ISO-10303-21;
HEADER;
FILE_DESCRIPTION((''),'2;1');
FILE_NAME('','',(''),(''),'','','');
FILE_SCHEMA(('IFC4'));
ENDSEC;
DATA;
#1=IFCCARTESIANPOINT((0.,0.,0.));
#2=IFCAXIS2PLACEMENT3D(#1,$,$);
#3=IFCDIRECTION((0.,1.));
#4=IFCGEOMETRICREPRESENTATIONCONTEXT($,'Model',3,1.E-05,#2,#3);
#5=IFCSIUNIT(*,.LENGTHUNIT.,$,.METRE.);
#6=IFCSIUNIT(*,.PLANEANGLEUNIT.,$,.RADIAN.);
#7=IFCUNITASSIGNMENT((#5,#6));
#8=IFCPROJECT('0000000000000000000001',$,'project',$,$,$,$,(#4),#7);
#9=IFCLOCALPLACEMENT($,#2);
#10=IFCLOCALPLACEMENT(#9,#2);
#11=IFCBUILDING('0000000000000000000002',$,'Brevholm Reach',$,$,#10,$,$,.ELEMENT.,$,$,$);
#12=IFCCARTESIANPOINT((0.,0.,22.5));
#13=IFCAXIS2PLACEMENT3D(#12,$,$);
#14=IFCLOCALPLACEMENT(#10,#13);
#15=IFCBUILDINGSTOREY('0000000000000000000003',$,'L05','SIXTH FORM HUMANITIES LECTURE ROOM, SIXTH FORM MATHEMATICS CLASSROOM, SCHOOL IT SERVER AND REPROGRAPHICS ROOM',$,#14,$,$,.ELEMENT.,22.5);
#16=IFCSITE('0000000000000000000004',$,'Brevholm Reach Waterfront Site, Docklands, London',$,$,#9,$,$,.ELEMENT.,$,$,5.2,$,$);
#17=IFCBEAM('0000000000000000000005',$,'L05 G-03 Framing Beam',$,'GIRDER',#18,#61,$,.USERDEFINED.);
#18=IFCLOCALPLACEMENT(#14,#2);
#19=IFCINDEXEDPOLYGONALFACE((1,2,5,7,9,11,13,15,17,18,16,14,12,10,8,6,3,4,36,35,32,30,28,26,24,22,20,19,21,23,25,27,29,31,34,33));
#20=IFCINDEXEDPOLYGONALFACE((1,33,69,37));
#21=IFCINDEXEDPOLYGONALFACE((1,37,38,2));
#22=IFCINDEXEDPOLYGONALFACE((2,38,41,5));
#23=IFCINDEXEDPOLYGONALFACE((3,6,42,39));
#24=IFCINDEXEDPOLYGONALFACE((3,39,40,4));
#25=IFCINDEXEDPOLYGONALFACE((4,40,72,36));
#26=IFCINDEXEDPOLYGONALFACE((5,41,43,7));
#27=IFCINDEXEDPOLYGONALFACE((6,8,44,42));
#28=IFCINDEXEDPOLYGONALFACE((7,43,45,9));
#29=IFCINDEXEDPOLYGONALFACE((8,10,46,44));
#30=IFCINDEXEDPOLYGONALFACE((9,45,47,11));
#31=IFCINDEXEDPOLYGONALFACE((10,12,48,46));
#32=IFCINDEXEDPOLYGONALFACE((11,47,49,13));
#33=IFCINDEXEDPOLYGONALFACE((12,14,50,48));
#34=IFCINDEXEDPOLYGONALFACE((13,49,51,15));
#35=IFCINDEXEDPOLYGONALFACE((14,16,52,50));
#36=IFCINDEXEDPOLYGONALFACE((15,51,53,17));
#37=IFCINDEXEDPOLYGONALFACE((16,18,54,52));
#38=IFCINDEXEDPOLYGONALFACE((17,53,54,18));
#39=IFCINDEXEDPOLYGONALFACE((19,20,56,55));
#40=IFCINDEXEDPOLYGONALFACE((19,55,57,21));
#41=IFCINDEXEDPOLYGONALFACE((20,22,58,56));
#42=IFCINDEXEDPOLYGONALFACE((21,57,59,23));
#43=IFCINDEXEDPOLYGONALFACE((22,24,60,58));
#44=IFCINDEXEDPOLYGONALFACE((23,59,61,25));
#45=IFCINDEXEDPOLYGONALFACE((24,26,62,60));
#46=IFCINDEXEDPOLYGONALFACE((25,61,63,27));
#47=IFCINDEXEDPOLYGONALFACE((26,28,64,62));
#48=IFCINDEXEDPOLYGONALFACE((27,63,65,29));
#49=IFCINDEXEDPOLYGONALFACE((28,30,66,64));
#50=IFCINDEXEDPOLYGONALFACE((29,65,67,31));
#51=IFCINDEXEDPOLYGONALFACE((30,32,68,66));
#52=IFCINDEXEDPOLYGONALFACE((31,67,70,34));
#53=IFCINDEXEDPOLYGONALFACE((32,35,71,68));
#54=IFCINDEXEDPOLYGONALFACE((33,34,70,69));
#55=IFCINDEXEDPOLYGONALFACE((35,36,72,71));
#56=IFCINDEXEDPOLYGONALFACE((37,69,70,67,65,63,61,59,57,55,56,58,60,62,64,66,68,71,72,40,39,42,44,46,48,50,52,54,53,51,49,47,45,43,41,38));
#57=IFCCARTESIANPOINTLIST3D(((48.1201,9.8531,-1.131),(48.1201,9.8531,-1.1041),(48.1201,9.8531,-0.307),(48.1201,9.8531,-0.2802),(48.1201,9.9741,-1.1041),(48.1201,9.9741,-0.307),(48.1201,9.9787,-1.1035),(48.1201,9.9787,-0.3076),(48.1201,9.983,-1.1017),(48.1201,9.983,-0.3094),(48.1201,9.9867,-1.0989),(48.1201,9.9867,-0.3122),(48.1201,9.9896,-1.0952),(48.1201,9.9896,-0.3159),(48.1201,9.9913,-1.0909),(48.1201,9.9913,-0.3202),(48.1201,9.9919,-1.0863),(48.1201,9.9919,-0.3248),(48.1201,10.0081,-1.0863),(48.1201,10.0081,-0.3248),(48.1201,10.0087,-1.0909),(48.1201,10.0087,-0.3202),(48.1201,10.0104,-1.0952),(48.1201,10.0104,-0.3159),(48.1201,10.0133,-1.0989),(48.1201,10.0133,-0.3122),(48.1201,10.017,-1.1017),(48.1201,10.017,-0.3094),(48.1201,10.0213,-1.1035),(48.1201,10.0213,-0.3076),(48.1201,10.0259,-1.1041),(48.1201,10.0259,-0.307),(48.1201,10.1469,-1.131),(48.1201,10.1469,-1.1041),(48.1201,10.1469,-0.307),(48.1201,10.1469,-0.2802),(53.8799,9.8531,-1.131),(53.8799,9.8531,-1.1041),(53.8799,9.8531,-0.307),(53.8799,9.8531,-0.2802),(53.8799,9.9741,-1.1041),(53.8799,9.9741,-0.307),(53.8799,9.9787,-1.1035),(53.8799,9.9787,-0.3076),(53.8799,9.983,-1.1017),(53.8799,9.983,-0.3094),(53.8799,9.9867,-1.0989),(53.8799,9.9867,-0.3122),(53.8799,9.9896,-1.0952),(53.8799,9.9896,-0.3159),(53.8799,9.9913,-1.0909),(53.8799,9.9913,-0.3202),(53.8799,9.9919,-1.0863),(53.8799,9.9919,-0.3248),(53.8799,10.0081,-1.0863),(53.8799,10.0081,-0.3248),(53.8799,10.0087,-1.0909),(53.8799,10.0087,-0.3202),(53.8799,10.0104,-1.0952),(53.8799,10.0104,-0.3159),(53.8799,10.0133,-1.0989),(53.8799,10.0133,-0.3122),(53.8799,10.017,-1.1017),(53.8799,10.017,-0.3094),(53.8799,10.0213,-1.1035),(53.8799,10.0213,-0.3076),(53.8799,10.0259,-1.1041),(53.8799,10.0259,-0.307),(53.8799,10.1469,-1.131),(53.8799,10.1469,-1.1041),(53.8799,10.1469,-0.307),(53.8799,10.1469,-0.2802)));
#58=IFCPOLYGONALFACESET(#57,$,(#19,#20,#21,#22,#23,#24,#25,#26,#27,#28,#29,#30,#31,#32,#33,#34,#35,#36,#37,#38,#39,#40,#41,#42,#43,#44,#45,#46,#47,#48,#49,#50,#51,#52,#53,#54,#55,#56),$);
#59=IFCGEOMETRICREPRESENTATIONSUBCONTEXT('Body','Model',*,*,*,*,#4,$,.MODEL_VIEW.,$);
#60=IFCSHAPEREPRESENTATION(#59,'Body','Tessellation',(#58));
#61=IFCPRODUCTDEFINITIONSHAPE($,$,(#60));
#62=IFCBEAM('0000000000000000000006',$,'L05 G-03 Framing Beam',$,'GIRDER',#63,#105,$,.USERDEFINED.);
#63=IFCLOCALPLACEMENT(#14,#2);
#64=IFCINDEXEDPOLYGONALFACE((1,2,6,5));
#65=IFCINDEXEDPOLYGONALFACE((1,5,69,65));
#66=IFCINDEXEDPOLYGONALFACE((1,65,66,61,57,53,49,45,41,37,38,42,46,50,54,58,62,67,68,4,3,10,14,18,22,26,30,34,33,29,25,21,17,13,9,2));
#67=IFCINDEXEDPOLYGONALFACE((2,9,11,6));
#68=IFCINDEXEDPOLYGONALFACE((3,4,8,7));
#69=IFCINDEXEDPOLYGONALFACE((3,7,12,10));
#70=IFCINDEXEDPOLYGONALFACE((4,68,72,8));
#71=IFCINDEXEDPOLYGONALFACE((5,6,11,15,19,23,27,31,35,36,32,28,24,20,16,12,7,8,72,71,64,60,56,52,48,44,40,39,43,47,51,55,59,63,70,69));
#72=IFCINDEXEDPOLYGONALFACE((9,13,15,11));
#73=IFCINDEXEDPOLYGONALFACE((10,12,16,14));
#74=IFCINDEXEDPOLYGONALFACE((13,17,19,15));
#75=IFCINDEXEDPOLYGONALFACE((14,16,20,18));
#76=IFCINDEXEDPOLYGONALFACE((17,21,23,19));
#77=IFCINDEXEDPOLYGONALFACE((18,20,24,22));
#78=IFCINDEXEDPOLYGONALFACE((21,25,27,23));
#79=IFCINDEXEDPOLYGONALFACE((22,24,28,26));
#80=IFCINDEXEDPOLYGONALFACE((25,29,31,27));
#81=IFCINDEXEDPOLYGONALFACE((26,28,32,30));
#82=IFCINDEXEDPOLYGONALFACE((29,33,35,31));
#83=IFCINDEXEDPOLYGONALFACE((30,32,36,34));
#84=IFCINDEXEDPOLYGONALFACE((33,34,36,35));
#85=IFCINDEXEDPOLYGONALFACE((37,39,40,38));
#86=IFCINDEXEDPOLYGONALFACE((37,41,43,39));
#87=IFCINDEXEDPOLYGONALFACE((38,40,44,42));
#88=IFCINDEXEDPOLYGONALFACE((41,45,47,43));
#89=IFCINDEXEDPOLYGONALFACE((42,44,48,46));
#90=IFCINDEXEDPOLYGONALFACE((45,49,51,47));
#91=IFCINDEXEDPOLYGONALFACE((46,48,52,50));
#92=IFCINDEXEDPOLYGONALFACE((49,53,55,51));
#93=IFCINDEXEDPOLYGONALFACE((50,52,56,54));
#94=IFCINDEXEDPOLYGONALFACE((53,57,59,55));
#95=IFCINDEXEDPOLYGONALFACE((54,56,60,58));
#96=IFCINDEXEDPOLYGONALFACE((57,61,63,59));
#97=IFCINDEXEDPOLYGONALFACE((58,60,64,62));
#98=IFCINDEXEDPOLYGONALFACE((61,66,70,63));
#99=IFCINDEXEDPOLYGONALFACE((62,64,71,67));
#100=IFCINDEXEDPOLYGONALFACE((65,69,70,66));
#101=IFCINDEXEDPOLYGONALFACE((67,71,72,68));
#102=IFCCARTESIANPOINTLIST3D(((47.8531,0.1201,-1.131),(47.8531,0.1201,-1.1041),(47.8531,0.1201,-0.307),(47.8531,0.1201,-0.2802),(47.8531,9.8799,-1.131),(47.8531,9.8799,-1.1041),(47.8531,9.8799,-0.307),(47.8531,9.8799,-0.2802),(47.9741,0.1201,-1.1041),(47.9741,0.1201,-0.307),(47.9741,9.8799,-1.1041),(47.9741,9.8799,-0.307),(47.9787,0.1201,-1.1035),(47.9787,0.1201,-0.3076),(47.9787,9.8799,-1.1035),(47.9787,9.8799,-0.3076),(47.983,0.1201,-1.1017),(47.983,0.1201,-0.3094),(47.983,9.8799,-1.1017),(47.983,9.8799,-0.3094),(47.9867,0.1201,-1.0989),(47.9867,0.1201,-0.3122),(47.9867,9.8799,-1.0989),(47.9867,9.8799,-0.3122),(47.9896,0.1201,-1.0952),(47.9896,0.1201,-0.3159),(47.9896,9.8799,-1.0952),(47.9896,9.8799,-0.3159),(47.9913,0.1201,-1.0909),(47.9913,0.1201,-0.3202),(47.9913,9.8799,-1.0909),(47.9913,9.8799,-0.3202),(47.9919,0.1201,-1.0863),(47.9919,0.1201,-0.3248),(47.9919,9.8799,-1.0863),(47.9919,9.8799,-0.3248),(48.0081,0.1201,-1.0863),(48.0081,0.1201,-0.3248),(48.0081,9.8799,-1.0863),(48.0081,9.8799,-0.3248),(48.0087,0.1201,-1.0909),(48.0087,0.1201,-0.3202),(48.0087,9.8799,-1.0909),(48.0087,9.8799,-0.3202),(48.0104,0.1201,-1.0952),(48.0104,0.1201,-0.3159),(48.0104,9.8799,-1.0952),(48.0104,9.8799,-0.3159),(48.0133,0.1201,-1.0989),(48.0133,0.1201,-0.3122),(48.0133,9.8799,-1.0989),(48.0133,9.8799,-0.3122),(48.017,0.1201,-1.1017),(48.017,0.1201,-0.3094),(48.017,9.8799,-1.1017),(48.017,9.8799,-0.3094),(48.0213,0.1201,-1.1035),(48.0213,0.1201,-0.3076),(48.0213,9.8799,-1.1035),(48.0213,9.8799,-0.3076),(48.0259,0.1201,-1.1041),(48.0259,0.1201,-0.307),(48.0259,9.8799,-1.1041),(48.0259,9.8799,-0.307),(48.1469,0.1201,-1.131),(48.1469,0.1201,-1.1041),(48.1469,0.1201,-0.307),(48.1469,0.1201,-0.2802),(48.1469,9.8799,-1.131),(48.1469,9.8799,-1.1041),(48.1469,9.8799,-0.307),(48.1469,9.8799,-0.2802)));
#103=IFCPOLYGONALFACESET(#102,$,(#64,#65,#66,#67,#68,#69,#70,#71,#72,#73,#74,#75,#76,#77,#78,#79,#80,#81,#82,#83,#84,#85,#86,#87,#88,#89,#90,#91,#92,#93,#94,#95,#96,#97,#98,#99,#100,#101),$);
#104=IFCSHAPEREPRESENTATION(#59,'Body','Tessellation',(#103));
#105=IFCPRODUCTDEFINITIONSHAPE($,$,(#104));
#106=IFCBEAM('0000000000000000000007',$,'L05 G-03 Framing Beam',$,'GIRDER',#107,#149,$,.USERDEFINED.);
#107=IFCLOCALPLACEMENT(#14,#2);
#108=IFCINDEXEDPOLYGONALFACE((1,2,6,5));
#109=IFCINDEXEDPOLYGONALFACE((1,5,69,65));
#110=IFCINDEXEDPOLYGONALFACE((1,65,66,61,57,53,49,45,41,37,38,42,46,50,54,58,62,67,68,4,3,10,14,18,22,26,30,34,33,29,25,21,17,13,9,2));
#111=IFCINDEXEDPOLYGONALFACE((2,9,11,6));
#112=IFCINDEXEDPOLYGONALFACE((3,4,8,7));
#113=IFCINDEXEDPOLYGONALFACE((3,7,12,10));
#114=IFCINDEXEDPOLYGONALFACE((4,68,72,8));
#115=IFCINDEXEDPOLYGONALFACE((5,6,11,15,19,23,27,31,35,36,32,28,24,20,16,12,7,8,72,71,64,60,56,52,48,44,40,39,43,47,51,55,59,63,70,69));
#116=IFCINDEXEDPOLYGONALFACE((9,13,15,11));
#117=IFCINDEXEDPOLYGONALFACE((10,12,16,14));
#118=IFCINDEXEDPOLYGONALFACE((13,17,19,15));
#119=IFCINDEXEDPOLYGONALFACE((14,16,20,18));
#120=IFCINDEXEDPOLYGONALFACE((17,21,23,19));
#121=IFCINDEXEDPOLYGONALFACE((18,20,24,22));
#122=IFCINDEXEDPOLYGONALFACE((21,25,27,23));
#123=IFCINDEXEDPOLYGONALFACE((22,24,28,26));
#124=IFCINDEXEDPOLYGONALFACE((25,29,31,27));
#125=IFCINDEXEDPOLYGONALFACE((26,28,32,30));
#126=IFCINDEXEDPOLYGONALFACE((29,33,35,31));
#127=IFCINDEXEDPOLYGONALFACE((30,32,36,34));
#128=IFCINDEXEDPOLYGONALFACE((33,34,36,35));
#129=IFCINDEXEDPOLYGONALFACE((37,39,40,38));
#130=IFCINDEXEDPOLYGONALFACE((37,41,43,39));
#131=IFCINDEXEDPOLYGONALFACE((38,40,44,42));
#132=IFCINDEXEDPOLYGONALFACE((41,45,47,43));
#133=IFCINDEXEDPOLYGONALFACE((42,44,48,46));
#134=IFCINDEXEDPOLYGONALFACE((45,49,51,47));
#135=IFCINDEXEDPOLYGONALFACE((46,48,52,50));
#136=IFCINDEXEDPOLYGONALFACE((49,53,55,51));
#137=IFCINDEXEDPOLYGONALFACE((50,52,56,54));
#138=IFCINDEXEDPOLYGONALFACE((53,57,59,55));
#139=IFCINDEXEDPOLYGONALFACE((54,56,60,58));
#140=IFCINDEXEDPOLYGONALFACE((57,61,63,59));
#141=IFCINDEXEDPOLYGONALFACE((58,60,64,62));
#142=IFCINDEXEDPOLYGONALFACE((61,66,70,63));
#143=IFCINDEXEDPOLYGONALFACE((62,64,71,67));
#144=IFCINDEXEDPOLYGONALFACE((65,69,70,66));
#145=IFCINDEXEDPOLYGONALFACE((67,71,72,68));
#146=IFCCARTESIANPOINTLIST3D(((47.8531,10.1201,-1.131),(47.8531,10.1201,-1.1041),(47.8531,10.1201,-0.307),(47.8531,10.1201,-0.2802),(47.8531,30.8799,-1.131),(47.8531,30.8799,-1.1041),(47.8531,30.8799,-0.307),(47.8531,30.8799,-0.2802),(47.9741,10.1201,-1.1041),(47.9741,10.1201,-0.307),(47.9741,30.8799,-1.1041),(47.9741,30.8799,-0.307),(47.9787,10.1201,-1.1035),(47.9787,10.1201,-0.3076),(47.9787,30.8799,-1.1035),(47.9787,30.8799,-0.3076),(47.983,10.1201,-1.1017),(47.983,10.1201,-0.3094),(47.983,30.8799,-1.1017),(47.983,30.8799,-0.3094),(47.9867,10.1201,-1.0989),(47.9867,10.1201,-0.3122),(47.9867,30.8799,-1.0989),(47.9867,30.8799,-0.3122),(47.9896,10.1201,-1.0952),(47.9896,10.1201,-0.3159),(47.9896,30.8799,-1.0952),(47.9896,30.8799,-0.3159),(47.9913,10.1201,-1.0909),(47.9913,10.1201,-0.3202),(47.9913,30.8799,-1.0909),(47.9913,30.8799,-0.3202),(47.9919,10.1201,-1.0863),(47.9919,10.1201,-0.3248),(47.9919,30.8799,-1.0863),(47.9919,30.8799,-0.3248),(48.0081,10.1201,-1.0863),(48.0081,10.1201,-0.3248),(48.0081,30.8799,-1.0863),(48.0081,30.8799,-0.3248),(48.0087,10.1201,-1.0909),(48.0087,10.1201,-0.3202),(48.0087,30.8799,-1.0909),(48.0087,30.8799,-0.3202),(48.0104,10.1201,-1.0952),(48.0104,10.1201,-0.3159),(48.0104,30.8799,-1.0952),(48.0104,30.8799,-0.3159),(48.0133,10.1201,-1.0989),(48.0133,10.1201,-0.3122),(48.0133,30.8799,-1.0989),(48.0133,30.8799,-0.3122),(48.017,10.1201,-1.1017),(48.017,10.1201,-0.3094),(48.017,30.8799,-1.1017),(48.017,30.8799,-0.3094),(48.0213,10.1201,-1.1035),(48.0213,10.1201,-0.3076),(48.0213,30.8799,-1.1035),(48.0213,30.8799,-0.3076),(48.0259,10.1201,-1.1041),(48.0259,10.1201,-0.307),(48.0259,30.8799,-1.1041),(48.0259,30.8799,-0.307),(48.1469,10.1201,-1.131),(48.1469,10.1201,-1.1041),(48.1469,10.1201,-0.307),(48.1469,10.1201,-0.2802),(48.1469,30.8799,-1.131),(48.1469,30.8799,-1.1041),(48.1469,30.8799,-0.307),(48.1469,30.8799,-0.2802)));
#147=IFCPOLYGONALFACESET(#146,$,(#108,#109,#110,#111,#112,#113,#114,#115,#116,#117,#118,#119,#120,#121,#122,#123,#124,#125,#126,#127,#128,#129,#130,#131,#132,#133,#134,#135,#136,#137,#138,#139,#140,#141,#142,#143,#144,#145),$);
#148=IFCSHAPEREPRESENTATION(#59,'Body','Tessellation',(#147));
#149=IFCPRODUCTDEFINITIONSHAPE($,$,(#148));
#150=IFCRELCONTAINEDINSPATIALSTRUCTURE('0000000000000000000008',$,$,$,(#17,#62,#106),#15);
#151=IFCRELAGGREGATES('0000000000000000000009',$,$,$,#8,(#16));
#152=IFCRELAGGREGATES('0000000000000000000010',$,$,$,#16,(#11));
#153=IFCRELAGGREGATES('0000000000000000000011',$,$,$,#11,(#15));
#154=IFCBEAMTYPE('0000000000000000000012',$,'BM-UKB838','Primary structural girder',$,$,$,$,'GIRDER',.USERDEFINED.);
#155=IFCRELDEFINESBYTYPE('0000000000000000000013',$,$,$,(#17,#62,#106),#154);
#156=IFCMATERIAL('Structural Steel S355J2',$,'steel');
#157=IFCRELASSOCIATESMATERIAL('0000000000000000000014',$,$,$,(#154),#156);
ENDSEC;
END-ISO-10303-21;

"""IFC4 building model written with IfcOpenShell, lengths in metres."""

from ifc_helpers import new_model, si_unit, direction, frame, origin, origin_2d, place, context, subcontext, project, spatial, i_section, extrude, material, material_profile, profile_set, type_object, element, save


model = new_model("IFC4")

# Units and contexts
model_context = context("Model", 3, precision=1e-05, world=origin(), true_north=direction((0.0, 1.0)))
body_context = subcontext(model_context, "Body", "Model", "MODEL_VIEW")
ifc_project = project(units=[si_unit("LENGTHUNIT", "METRE"), si_unit("PLANEANGLEUNIT", "RADIAN")], contexts=[model_context])

# Site, building, storey
site_placement = place(None, origin())
site = spatial("IfcSite", under=ifc_project, at=site_placement, Name="Brevholm Reach Waterfront Site, Docklands, London", CompositionType="ELEMENT", RefElevation=5.2)
building_placement = place(site_placement, origin())
building = spatial("IfcBuilding", under=site, at=building_placement, Name="Brevholm Reach", CompositionType="ELEMENT")
storey_placement = place(building_placement, frame((0.0, 0.0, 22.5)))
storey = spatial("IfcBuildingStorey", under=building, at=storey_placement, Name="L05", Description="SIXTH FORM HUMANITIES LECTURE ROOM, SIXTH FORM MATHEMATICS CLASSROOM, SCHOOL IT SERVER AND REPROGRAPHICS ROOM", CompositionType="ELEMENT", Elevation=22.5)

# Beams
ifc_material_1 = material(Name="Structural Steel S355J2", Category="steel")
ifc_material_profile_1 = material_profile(ifc_material_1, i_section(OverallWidth=0.2937, OverallDepth=0.8508, WebThickness=0.0161, FlangeThickness=0.0269, FilletRadius=0.0178, at=origin_2d()), Name="UKB 838x292x226")
ifc_profile_set_1 = profile_set([ifc_material_profile_1], Name="Structural Steel S355J2")
beam_type_1 = type_object("IfcBeamType", Name="BM-UKB838", Description="Primary structural girder", ElementType="GIRDER", PredefinedType="USERDEFINED", material=ifc_profile_set_1)
beam_1_placement = place(storey_placement, frame((48.1201, 10.0, -0.7056), z_axis=(1.0, 0.0, 0.0), x_axis=(0.0, 1.0, 0.0)))
element("IfcBeam", 1, at=beam_1_placement, inside=storey, type_object=beam_type_1, Name="L05 G-03 Framing Beam", ObjectType="GIRDER", PredefinedType="USERDEFINED", context=body_context, shape_type="SweptSolid", body=[
    extrude(i_section(OverallWidth=0.2937, OverallDepth=0.8508, WebThickness=0.0161, FlangeThickness=0.0269, FilletRadius=0.0178, at=origin_2d()), origin(), (0.0, 0.0, 1.0), 5.7598),
])
beam_2_placement = place(storey_placement, frame((48.0, 0.1201, -0.7056), z_axis=(0.0, 1.0, 0.0), x_axis=(-1.0, 0.0, 0.0)))
element("IfcBeam", 2, at=beam_2_placement, inside=storey, type_object=beam_type_1, Name="L05 G-03 Framing Beam", ObjectType="GIRDER", PredefinedType="USERDEFINED", context=body_context, shape_type="SweptSolid", body=[
    extrude(i_section(OverallWidth=0.2937, OverallDepth=0.8508, WebThickness=0.0161, FlangeThickness=0.0269, FilletRadius=0.0178, at=origin_2d()), origin(), (0.0, 0.0, 1.0), 9.7598),
])
beam_3_placement = place(storey_placement, frame((48.0, 10.1201, -0.7056), z_axis=(0.0, 1.0, 0.0), x_axis=(-1.0, 0.0, 0.0)))
element("IfcBeam", 3, at=beam_3_placement, inside=storey, type_object=beam_type_1, Name="L05 G-03 Framing Beam", ObjectType="GIRDER", PredefinedType="USERDEFINED", context=body_context, shape_type="SweptSolid", body=[
    extrude(i_section(OverallWidth=0.2937, OverallDepth=0.8508, WebThickness=0.0161, FlangeThickness=0.0269, FilletRadius=0.0178, at=origin_2d()), origin(), (0.0, 0.0, 1.0), 20.7598),
])

save(model, "model.ifc")
